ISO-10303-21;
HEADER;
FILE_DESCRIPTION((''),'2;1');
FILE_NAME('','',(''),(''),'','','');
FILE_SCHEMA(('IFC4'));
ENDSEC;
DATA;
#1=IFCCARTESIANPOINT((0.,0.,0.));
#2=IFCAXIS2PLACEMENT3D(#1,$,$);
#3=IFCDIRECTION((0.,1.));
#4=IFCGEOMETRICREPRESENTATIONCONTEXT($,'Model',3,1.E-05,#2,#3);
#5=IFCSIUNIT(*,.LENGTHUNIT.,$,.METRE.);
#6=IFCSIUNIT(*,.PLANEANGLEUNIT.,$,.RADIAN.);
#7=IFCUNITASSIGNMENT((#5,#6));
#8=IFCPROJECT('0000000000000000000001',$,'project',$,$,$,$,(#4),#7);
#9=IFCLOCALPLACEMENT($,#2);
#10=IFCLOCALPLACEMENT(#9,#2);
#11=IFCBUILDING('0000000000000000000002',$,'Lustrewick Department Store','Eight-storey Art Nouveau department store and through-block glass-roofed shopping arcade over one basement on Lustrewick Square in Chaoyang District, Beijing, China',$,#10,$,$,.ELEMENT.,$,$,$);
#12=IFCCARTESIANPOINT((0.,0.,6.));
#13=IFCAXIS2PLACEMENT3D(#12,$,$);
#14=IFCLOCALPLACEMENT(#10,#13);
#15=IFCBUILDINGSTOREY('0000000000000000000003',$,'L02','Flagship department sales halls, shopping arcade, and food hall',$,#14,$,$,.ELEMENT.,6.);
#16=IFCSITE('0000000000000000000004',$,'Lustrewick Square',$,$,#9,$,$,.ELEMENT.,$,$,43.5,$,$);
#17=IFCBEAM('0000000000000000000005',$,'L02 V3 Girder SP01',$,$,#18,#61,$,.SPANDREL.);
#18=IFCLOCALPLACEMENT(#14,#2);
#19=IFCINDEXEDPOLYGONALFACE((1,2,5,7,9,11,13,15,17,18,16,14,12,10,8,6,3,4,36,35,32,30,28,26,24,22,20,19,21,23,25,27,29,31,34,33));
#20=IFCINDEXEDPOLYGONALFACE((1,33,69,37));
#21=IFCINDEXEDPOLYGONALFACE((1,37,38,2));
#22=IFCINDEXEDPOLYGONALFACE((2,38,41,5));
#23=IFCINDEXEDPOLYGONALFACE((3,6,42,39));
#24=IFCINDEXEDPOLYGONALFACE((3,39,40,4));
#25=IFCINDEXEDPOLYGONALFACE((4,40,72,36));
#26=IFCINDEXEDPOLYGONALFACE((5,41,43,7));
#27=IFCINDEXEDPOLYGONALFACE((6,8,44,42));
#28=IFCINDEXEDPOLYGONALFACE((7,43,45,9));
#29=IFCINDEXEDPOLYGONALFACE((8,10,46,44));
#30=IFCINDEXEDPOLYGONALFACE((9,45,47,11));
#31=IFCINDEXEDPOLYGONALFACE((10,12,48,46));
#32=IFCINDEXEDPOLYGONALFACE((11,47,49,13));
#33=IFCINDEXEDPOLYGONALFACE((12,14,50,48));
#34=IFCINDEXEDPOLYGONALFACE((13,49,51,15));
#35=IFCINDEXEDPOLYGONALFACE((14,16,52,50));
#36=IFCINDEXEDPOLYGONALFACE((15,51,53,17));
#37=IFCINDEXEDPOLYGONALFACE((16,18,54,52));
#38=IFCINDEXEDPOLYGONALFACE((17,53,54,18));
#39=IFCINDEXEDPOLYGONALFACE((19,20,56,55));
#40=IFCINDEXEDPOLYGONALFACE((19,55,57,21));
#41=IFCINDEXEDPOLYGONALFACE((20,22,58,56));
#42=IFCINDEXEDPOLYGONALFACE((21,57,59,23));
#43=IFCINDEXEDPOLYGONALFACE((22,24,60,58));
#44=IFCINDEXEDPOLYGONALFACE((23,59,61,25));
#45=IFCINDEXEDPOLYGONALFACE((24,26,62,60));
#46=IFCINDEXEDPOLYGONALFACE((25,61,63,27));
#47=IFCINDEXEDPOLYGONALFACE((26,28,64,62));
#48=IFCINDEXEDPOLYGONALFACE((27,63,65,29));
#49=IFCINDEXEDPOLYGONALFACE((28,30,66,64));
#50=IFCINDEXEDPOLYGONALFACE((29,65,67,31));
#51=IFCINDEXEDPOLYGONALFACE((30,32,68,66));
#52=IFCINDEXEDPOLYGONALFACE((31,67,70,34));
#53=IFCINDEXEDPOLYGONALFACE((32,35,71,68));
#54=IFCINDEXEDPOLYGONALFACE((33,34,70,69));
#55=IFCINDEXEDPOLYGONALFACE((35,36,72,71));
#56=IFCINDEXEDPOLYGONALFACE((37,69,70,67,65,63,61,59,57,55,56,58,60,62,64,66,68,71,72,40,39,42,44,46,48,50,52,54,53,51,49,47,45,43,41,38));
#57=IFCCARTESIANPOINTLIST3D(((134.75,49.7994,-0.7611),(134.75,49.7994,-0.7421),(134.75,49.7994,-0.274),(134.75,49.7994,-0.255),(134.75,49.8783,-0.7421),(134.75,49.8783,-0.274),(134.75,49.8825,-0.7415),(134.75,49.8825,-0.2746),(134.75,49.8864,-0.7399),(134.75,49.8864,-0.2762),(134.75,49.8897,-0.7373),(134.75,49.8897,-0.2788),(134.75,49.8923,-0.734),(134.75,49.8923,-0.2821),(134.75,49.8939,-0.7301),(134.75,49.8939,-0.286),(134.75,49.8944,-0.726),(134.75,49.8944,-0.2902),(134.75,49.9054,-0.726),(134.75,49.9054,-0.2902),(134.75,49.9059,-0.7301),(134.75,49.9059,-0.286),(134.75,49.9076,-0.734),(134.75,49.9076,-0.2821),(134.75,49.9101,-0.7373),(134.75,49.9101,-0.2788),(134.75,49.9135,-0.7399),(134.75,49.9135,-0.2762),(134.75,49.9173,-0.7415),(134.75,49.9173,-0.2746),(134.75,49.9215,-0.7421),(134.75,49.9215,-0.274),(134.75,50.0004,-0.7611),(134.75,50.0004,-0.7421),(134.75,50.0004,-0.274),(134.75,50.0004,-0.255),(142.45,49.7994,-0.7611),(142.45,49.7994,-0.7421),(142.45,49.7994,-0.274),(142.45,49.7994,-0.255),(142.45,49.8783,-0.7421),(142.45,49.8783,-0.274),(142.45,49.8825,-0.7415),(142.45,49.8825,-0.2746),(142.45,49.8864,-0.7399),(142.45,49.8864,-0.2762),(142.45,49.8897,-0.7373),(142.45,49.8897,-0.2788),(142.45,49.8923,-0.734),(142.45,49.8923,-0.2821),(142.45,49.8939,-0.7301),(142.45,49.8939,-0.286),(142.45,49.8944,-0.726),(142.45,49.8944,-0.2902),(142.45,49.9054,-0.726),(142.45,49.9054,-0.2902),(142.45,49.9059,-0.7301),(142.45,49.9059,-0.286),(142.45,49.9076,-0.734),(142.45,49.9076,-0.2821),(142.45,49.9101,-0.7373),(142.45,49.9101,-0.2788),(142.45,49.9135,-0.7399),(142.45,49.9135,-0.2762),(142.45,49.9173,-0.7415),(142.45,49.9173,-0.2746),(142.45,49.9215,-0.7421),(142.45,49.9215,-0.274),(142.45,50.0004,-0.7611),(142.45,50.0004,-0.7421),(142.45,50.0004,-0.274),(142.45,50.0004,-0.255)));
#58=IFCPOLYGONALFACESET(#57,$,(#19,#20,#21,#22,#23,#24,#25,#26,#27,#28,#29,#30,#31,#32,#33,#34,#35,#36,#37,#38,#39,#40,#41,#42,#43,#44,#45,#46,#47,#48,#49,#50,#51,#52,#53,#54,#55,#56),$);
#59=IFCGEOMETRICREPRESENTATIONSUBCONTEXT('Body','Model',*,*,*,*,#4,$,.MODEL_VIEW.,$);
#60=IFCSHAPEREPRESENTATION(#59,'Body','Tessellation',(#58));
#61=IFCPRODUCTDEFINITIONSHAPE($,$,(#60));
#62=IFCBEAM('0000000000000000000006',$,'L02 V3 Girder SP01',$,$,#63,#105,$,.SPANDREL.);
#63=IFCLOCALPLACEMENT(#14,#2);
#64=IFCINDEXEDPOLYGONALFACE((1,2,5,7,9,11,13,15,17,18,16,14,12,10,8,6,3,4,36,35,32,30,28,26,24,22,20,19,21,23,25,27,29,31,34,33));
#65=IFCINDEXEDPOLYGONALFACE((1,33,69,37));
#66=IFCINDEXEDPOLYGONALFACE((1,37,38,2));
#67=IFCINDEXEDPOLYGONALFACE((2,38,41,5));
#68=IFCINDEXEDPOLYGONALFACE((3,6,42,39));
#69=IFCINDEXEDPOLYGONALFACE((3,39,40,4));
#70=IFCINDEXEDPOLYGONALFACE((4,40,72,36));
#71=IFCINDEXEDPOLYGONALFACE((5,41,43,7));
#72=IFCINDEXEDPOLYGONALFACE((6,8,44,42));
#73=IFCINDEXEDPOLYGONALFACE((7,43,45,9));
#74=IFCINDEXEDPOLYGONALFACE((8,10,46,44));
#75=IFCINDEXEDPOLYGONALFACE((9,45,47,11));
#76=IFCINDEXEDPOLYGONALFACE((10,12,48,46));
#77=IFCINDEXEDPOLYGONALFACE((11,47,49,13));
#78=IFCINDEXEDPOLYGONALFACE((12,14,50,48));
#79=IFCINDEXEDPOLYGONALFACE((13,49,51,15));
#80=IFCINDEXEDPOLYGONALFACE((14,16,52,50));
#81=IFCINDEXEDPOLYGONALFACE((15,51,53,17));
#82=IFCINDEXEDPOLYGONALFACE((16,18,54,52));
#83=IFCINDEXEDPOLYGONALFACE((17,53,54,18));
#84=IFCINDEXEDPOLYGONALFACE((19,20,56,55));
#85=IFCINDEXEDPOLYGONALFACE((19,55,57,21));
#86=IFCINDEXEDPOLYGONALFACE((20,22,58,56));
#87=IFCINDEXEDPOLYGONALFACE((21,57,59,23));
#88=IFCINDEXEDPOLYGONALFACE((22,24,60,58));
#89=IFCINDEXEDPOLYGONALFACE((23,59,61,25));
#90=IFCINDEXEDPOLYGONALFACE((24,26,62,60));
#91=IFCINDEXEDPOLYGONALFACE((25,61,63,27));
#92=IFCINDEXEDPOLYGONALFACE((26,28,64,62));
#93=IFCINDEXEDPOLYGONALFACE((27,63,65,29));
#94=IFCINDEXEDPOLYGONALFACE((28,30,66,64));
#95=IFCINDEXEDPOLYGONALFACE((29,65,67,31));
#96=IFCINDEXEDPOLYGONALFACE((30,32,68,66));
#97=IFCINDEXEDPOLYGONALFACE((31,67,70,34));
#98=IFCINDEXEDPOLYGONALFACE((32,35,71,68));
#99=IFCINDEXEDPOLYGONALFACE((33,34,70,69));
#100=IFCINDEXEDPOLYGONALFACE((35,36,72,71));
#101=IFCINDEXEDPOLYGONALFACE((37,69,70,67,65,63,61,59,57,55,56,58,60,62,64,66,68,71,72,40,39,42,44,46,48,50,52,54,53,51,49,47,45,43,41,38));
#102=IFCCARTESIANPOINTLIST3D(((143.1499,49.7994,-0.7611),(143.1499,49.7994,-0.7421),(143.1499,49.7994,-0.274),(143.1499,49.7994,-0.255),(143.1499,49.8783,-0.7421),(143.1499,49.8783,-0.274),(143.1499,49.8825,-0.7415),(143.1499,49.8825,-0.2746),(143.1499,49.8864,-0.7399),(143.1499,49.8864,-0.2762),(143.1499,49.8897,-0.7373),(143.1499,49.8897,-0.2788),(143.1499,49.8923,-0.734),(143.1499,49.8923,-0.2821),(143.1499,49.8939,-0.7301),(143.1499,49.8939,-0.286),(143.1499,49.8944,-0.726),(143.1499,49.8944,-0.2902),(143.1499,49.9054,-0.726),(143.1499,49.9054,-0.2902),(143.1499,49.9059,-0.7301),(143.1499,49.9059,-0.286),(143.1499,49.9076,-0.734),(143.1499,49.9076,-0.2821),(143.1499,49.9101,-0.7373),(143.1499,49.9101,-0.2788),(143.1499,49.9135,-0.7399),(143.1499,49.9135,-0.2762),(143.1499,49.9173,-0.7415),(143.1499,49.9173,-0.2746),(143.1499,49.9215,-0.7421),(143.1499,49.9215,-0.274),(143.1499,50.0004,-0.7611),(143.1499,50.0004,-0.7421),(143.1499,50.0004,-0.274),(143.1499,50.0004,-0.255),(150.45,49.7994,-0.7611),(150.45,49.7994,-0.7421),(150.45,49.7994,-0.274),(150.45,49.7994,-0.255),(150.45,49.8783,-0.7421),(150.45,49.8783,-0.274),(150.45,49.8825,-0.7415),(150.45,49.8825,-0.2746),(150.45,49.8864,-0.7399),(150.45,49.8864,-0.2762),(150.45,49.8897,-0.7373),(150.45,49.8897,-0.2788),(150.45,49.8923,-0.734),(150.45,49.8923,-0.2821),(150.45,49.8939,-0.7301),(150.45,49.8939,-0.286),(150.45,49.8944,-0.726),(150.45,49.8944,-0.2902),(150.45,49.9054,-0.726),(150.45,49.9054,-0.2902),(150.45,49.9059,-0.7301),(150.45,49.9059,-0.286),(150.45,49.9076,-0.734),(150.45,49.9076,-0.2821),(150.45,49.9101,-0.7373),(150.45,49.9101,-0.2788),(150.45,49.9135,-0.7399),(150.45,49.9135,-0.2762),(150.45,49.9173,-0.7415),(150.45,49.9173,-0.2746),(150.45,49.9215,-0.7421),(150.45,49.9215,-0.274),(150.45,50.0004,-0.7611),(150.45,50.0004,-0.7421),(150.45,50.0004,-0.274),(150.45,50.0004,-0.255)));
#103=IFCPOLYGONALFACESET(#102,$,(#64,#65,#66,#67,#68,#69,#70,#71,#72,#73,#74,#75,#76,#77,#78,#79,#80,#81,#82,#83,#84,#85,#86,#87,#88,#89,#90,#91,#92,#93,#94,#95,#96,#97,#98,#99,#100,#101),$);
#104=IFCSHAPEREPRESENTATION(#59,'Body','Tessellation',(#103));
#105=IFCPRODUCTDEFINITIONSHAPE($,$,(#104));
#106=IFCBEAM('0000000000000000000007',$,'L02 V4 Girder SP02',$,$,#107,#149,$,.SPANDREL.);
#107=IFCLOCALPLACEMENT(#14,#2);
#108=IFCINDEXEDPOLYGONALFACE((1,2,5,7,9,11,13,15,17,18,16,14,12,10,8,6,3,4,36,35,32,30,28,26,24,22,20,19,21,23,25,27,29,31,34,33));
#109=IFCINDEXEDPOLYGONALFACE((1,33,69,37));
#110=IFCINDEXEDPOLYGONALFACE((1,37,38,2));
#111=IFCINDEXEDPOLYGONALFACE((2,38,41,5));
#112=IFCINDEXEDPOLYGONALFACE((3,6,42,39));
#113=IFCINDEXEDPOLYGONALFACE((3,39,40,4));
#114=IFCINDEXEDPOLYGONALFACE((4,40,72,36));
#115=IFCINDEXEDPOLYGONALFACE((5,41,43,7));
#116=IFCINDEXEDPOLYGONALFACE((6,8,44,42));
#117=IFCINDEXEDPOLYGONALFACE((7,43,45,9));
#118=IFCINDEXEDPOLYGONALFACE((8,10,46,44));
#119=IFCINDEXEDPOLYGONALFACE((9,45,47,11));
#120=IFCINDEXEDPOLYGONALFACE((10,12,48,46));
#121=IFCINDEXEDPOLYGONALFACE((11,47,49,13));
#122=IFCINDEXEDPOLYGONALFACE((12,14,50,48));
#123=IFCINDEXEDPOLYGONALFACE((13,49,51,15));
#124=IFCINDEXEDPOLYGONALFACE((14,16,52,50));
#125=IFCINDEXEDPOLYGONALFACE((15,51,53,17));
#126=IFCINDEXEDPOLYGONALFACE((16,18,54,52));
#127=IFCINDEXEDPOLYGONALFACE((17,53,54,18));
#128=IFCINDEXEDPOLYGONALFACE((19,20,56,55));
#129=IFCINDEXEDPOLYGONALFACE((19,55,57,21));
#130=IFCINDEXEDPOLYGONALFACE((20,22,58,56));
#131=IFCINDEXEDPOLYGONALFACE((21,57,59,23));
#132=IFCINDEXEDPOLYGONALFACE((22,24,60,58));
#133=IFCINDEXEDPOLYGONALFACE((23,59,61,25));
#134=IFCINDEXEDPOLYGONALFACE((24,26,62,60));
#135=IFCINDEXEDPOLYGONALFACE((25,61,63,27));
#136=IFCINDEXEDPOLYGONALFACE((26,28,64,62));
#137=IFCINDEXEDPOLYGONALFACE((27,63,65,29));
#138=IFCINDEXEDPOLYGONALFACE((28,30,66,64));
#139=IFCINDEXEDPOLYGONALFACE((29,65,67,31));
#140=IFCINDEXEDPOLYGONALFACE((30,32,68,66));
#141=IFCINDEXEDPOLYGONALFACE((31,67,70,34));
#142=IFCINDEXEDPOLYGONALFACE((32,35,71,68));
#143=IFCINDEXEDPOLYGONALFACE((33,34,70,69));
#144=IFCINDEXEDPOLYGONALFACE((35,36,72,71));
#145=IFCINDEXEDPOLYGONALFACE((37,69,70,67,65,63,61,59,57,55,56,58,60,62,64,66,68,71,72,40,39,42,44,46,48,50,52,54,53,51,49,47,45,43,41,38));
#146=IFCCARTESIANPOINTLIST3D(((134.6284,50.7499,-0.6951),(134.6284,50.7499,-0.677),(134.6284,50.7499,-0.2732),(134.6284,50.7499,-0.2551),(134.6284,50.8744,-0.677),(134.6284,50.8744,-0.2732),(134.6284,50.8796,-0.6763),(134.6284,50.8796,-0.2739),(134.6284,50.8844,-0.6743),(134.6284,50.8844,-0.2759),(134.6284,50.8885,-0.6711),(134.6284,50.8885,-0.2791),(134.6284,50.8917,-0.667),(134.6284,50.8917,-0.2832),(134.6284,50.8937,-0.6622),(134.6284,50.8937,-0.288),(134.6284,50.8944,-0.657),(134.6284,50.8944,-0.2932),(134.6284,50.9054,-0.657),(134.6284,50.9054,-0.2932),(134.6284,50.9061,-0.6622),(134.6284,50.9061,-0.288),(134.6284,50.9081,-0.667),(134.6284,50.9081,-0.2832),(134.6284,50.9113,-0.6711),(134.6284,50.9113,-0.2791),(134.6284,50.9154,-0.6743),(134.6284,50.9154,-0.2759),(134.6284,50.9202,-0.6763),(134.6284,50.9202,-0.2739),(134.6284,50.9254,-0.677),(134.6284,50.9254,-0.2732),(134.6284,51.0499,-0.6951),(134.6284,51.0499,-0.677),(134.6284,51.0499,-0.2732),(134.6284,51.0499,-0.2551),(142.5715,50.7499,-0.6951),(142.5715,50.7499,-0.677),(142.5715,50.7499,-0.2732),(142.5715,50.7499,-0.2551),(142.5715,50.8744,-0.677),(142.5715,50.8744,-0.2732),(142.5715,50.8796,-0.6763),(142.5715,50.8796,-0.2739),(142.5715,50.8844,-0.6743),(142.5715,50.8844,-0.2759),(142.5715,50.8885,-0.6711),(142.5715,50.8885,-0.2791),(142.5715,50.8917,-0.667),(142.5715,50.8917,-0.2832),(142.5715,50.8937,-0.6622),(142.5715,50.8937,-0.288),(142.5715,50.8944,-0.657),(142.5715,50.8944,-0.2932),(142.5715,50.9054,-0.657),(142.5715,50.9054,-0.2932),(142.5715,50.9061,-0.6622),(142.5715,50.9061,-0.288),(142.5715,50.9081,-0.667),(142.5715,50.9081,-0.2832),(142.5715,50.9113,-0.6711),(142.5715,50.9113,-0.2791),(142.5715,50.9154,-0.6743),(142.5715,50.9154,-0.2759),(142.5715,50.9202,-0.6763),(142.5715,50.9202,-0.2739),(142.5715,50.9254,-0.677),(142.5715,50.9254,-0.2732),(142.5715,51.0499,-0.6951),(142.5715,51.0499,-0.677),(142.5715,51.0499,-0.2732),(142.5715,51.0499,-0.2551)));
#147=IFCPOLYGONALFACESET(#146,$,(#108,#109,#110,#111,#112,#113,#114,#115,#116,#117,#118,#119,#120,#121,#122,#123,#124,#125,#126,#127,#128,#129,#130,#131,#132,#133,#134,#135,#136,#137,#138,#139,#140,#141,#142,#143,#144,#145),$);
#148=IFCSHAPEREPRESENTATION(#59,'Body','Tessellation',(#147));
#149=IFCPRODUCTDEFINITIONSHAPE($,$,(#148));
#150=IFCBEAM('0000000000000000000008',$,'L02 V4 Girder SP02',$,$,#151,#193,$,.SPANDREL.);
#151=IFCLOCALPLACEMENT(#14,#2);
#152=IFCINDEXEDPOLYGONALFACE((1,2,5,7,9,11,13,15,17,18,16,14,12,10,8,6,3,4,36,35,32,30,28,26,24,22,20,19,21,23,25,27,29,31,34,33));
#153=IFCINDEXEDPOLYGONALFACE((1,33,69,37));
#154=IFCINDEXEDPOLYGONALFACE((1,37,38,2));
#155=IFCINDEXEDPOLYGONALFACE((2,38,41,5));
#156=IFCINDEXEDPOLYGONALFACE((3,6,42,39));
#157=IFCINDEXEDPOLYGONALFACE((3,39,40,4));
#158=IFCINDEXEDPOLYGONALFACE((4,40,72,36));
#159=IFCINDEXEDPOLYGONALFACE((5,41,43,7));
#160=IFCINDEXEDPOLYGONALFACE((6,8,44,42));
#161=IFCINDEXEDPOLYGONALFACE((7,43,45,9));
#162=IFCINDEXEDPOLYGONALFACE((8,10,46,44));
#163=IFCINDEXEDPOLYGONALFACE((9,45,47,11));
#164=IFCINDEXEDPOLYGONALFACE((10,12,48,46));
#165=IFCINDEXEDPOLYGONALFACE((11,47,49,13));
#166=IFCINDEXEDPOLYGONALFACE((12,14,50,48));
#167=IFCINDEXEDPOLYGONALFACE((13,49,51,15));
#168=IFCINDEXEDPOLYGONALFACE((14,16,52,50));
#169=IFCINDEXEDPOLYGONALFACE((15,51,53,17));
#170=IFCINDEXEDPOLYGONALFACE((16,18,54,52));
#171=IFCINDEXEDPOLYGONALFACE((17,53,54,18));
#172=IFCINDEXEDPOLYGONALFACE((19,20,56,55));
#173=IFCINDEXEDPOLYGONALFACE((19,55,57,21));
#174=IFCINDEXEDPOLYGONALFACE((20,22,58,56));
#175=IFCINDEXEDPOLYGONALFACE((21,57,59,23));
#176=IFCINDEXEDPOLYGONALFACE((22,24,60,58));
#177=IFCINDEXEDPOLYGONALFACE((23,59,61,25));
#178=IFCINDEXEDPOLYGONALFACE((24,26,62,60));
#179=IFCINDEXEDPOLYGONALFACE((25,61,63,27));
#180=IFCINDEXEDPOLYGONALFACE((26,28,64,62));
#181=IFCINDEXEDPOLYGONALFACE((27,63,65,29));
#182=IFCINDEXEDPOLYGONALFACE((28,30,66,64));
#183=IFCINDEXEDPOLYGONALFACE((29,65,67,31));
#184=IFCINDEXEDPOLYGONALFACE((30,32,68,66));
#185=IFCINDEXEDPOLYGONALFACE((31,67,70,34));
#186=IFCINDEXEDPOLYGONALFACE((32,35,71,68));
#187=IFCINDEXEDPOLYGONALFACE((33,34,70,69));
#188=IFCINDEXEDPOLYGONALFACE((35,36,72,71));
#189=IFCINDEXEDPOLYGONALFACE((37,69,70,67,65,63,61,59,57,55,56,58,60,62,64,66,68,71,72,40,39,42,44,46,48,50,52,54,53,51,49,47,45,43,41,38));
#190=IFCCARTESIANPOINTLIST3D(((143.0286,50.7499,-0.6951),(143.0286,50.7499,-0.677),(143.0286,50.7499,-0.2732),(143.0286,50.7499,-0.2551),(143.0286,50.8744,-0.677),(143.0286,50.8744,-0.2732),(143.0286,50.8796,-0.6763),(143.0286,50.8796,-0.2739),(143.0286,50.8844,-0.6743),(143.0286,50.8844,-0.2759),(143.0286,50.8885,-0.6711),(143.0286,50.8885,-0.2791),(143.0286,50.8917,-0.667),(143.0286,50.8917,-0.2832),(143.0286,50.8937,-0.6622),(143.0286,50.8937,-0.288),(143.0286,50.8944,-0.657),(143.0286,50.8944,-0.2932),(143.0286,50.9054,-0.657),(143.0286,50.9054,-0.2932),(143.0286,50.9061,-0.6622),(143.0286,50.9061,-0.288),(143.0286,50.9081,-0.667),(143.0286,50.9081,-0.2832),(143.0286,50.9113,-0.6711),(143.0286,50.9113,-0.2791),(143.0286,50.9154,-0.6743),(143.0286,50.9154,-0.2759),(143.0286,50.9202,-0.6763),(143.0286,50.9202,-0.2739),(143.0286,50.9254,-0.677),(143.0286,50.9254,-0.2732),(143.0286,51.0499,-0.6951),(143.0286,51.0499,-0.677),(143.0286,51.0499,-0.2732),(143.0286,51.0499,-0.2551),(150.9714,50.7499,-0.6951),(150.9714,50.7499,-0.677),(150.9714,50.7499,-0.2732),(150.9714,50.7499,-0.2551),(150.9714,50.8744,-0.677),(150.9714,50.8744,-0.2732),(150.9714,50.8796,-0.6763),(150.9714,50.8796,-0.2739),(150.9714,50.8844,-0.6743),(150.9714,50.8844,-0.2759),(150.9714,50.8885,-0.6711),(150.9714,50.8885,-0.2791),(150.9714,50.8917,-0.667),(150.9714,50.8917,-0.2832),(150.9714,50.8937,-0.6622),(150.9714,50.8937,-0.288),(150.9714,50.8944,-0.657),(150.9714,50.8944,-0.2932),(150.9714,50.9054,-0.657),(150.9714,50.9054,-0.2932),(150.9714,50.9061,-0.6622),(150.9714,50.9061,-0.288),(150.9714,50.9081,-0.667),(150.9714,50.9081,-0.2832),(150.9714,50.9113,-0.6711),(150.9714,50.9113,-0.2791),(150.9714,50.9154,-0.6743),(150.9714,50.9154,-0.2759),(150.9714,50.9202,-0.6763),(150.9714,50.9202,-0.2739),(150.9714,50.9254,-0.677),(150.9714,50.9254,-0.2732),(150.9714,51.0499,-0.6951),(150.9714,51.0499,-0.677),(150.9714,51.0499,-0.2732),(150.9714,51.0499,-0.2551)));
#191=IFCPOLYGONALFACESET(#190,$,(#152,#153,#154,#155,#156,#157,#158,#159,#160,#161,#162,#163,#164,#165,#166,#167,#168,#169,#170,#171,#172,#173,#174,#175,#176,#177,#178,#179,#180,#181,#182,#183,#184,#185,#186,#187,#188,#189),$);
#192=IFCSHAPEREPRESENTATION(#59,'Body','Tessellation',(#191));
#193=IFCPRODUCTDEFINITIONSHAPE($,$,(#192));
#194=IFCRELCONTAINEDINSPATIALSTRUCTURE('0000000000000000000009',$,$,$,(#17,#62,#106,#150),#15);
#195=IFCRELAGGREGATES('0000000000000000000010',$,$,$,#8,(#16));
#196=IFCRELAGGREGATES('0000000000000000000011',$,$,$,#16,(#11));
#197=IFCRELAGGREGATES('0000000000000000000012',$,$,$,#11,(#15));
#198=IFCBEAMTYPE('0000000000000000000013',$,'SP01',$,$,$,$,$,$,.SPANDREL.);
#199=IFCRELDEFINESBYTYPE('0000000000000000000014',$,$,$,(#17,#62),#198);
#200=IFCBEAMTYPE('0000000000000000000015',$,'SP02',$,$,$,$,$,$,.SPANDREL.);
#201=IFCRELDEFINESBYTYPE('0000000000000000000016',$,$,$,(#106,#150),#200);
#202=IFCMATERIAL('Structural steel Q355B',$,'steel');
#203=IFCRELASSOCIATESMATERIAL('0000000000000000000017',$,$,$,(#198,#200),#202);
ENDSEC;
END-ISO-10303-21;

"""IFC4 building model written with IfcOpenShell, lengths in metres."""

from ifc_helpers import new_model, si_unit, direction, frame, origin, origin_2d, place, context, subcontext, project, spatial, i_section, extrude, material, material_profile, profile_set, type_object, element, save


model = new_model("IFC4")

# Units and contexts
model_context = context("Model", 3, precision=1e-05, world=origin(), true_north=direction((0.0, 1.0)))
body_context = subcontext(model_context, "Body", "Model", "MODEL_VIEW")
ifc_project = project(units=[si_unit("LENGTHUNIT", "METRE"), si_unit("PLANEANGLEUNIT", "RADIAN")], contexts=[model_context])

# Site, building, storey
site_placement = place(None, origin())
site = spatial("IfcSite", under=ifc_project, at=site_placement, Name="Lustrewick Square", CompositionType="ELEMENT", RefElevation=43.5)
building_placement = place(site_placement, origin())
building = spatial("IfcBuilding", under=site, at=building_placement, Name="Lustrewick Department Store", Description="Eight-storey Art Nouveau department store and through-block glass-roofed shopping arcade over one basement on Lustrewick Square in Chaoyang District, Beijing, China", CompositionType="ELEMENT")
storey_placement = place(building_placement, frame((0.0, 0.0, 6.0)))
storey = spatial("IfcBuildingStorey", under=building, at=storey_placement, Name="L02", Description="Flagship department sales halls, shopping arcade, and food hall", CompositionType="ELEMENT", Elevation=6.0)

# Shared definitions
ifc_material_1 = material(Name="Structural steel Q355B", Category="steel")

# Beams
ifc_material_profile_1 = material_profile(ifc_material_1, i_section(OverallWidth=0.2009, OverallDepth=0.5061, WebThickness=0.011, FlangeThickness=0.019, FilletRadius=0.0161, at=origin_2d()), Name="HN 506x201x11x19")
ifc_profile_set_1 = profile_set([ifc_material_profile_1], Name="Structural steel Q355B")
beam_type_1 = type_object("IfcBeamType", Name="SP01", PredefinedType="SPANDREL", material=ifc_profile_set_1)
beam_1_placement = place(storey_placement, frame((134.75, 49.8999, -0.5081), z_axis=(1.0, 0.0, 0.0), x_axis=(0.0, 1.0, 0.0)))
element("IfcBeam", 1, at=beam_1_placement, inside=storey, type_object=beam_type_1, Name="L02 V3 Girder SP01", PredefinedType="SPANDREL", context=body_context, shape_type="SweptSolid", body=[
    extrude(i_section(OverallWidth=0.2009, OverallDepth=0.5061, WebThickness=0.011, FlangeThickness=0.019, FilletRadius=0.0161, at=origin_2d()), origin(), (0.0, 0.0, 1.0), 7.7),
])
beam_2_placement = place(storey_placement, frame((143.1499, 49.8999, -0.5081), z_axis=(1.0, 0.0, 0.0), x_axis=(0.0, 1.0, 0.0)))
element("IfcBeam", 2, at=beam_2_placement, inside=storey, type_object=beam_type_1, Name="L02 V3 Girder SP01", PredefinedType="SPANDREL", context=body_context, shape_type="SweptSolid", body=[
    extrude(i_section(OverallWidth=0.2009, OverallDepth=0.5061, WebThickness=0.011, FlangeThickness=0.019, FilletRadius=0.0161, at=origin_2d()), origin(), (0.0, 0.0, 1.0), 7.3),
])
ifc_material_profile_2 = material_profile(ifc_material_1, i_section(OverallWidth=0.3, OverallDepth=0.4399, WebThickness=0.011, FlangeThickness=0.0181, FilletRadius=0.02, at=origin_2d()), Name="HM 440x300x11x18")
ifc_profile_set_2 = profile_set([ifc_material_profile_2], Name="Structural steel Q355B")
beam_type_2 = type_object("IfcBeamType", Name="SP02", PredefinedType="SPANDREL", material=ifc_profile_set_2)
beam_3_placement = place(storey_placement, frame((134.6284, 50.8999, -0.4751), z_axis=(1.0, 0.0, 0.0), x_axis=(0.0, 1.0, 0.0)))
element("IfcBeam", 3, at=beam_3_placement, inside=storey, type_object=beam_type_2, Name="L02 V4 Girder SP02", PredefinedType="SPANDREL", context=body_context, shape_type="SweptSolid", body=[
    extrude(i_section(OverallWidth=0.3, OverallDepth=0.4399, WebThickness=0.011, FlangeThickness=0.0181, FilletRadius=0.02, at=origin_2d()), origin(), (0.0, 0.0, 1.0), 7.9431),
])
beam_4_placement = place(storey_placement, frame((143.0286, 50.8999, -0.4751), z_axis=(1.0, 0.0, 0.0), x_axis=(0.0, 1.0, 0.0)))
element("IfcBeam", 4, at=beam_4_placement, inside=storey, type_object=beam_type_2, Name="L02 V4 Girder SP02", PredefinedType="SPANDREL", context=body_context, shape_type="SweptSolid", body=[
    extrude(i_section(OverallWidth=0.3, OverallDepth=0.4399, WebThickness=0.011, FlangeThickness=0.0181, FilletRadius=0.02, at=origin_2d()), origin(), (0.0, 0.0, 1.0), 7.9429),
])

save(model, "model.ifc")
